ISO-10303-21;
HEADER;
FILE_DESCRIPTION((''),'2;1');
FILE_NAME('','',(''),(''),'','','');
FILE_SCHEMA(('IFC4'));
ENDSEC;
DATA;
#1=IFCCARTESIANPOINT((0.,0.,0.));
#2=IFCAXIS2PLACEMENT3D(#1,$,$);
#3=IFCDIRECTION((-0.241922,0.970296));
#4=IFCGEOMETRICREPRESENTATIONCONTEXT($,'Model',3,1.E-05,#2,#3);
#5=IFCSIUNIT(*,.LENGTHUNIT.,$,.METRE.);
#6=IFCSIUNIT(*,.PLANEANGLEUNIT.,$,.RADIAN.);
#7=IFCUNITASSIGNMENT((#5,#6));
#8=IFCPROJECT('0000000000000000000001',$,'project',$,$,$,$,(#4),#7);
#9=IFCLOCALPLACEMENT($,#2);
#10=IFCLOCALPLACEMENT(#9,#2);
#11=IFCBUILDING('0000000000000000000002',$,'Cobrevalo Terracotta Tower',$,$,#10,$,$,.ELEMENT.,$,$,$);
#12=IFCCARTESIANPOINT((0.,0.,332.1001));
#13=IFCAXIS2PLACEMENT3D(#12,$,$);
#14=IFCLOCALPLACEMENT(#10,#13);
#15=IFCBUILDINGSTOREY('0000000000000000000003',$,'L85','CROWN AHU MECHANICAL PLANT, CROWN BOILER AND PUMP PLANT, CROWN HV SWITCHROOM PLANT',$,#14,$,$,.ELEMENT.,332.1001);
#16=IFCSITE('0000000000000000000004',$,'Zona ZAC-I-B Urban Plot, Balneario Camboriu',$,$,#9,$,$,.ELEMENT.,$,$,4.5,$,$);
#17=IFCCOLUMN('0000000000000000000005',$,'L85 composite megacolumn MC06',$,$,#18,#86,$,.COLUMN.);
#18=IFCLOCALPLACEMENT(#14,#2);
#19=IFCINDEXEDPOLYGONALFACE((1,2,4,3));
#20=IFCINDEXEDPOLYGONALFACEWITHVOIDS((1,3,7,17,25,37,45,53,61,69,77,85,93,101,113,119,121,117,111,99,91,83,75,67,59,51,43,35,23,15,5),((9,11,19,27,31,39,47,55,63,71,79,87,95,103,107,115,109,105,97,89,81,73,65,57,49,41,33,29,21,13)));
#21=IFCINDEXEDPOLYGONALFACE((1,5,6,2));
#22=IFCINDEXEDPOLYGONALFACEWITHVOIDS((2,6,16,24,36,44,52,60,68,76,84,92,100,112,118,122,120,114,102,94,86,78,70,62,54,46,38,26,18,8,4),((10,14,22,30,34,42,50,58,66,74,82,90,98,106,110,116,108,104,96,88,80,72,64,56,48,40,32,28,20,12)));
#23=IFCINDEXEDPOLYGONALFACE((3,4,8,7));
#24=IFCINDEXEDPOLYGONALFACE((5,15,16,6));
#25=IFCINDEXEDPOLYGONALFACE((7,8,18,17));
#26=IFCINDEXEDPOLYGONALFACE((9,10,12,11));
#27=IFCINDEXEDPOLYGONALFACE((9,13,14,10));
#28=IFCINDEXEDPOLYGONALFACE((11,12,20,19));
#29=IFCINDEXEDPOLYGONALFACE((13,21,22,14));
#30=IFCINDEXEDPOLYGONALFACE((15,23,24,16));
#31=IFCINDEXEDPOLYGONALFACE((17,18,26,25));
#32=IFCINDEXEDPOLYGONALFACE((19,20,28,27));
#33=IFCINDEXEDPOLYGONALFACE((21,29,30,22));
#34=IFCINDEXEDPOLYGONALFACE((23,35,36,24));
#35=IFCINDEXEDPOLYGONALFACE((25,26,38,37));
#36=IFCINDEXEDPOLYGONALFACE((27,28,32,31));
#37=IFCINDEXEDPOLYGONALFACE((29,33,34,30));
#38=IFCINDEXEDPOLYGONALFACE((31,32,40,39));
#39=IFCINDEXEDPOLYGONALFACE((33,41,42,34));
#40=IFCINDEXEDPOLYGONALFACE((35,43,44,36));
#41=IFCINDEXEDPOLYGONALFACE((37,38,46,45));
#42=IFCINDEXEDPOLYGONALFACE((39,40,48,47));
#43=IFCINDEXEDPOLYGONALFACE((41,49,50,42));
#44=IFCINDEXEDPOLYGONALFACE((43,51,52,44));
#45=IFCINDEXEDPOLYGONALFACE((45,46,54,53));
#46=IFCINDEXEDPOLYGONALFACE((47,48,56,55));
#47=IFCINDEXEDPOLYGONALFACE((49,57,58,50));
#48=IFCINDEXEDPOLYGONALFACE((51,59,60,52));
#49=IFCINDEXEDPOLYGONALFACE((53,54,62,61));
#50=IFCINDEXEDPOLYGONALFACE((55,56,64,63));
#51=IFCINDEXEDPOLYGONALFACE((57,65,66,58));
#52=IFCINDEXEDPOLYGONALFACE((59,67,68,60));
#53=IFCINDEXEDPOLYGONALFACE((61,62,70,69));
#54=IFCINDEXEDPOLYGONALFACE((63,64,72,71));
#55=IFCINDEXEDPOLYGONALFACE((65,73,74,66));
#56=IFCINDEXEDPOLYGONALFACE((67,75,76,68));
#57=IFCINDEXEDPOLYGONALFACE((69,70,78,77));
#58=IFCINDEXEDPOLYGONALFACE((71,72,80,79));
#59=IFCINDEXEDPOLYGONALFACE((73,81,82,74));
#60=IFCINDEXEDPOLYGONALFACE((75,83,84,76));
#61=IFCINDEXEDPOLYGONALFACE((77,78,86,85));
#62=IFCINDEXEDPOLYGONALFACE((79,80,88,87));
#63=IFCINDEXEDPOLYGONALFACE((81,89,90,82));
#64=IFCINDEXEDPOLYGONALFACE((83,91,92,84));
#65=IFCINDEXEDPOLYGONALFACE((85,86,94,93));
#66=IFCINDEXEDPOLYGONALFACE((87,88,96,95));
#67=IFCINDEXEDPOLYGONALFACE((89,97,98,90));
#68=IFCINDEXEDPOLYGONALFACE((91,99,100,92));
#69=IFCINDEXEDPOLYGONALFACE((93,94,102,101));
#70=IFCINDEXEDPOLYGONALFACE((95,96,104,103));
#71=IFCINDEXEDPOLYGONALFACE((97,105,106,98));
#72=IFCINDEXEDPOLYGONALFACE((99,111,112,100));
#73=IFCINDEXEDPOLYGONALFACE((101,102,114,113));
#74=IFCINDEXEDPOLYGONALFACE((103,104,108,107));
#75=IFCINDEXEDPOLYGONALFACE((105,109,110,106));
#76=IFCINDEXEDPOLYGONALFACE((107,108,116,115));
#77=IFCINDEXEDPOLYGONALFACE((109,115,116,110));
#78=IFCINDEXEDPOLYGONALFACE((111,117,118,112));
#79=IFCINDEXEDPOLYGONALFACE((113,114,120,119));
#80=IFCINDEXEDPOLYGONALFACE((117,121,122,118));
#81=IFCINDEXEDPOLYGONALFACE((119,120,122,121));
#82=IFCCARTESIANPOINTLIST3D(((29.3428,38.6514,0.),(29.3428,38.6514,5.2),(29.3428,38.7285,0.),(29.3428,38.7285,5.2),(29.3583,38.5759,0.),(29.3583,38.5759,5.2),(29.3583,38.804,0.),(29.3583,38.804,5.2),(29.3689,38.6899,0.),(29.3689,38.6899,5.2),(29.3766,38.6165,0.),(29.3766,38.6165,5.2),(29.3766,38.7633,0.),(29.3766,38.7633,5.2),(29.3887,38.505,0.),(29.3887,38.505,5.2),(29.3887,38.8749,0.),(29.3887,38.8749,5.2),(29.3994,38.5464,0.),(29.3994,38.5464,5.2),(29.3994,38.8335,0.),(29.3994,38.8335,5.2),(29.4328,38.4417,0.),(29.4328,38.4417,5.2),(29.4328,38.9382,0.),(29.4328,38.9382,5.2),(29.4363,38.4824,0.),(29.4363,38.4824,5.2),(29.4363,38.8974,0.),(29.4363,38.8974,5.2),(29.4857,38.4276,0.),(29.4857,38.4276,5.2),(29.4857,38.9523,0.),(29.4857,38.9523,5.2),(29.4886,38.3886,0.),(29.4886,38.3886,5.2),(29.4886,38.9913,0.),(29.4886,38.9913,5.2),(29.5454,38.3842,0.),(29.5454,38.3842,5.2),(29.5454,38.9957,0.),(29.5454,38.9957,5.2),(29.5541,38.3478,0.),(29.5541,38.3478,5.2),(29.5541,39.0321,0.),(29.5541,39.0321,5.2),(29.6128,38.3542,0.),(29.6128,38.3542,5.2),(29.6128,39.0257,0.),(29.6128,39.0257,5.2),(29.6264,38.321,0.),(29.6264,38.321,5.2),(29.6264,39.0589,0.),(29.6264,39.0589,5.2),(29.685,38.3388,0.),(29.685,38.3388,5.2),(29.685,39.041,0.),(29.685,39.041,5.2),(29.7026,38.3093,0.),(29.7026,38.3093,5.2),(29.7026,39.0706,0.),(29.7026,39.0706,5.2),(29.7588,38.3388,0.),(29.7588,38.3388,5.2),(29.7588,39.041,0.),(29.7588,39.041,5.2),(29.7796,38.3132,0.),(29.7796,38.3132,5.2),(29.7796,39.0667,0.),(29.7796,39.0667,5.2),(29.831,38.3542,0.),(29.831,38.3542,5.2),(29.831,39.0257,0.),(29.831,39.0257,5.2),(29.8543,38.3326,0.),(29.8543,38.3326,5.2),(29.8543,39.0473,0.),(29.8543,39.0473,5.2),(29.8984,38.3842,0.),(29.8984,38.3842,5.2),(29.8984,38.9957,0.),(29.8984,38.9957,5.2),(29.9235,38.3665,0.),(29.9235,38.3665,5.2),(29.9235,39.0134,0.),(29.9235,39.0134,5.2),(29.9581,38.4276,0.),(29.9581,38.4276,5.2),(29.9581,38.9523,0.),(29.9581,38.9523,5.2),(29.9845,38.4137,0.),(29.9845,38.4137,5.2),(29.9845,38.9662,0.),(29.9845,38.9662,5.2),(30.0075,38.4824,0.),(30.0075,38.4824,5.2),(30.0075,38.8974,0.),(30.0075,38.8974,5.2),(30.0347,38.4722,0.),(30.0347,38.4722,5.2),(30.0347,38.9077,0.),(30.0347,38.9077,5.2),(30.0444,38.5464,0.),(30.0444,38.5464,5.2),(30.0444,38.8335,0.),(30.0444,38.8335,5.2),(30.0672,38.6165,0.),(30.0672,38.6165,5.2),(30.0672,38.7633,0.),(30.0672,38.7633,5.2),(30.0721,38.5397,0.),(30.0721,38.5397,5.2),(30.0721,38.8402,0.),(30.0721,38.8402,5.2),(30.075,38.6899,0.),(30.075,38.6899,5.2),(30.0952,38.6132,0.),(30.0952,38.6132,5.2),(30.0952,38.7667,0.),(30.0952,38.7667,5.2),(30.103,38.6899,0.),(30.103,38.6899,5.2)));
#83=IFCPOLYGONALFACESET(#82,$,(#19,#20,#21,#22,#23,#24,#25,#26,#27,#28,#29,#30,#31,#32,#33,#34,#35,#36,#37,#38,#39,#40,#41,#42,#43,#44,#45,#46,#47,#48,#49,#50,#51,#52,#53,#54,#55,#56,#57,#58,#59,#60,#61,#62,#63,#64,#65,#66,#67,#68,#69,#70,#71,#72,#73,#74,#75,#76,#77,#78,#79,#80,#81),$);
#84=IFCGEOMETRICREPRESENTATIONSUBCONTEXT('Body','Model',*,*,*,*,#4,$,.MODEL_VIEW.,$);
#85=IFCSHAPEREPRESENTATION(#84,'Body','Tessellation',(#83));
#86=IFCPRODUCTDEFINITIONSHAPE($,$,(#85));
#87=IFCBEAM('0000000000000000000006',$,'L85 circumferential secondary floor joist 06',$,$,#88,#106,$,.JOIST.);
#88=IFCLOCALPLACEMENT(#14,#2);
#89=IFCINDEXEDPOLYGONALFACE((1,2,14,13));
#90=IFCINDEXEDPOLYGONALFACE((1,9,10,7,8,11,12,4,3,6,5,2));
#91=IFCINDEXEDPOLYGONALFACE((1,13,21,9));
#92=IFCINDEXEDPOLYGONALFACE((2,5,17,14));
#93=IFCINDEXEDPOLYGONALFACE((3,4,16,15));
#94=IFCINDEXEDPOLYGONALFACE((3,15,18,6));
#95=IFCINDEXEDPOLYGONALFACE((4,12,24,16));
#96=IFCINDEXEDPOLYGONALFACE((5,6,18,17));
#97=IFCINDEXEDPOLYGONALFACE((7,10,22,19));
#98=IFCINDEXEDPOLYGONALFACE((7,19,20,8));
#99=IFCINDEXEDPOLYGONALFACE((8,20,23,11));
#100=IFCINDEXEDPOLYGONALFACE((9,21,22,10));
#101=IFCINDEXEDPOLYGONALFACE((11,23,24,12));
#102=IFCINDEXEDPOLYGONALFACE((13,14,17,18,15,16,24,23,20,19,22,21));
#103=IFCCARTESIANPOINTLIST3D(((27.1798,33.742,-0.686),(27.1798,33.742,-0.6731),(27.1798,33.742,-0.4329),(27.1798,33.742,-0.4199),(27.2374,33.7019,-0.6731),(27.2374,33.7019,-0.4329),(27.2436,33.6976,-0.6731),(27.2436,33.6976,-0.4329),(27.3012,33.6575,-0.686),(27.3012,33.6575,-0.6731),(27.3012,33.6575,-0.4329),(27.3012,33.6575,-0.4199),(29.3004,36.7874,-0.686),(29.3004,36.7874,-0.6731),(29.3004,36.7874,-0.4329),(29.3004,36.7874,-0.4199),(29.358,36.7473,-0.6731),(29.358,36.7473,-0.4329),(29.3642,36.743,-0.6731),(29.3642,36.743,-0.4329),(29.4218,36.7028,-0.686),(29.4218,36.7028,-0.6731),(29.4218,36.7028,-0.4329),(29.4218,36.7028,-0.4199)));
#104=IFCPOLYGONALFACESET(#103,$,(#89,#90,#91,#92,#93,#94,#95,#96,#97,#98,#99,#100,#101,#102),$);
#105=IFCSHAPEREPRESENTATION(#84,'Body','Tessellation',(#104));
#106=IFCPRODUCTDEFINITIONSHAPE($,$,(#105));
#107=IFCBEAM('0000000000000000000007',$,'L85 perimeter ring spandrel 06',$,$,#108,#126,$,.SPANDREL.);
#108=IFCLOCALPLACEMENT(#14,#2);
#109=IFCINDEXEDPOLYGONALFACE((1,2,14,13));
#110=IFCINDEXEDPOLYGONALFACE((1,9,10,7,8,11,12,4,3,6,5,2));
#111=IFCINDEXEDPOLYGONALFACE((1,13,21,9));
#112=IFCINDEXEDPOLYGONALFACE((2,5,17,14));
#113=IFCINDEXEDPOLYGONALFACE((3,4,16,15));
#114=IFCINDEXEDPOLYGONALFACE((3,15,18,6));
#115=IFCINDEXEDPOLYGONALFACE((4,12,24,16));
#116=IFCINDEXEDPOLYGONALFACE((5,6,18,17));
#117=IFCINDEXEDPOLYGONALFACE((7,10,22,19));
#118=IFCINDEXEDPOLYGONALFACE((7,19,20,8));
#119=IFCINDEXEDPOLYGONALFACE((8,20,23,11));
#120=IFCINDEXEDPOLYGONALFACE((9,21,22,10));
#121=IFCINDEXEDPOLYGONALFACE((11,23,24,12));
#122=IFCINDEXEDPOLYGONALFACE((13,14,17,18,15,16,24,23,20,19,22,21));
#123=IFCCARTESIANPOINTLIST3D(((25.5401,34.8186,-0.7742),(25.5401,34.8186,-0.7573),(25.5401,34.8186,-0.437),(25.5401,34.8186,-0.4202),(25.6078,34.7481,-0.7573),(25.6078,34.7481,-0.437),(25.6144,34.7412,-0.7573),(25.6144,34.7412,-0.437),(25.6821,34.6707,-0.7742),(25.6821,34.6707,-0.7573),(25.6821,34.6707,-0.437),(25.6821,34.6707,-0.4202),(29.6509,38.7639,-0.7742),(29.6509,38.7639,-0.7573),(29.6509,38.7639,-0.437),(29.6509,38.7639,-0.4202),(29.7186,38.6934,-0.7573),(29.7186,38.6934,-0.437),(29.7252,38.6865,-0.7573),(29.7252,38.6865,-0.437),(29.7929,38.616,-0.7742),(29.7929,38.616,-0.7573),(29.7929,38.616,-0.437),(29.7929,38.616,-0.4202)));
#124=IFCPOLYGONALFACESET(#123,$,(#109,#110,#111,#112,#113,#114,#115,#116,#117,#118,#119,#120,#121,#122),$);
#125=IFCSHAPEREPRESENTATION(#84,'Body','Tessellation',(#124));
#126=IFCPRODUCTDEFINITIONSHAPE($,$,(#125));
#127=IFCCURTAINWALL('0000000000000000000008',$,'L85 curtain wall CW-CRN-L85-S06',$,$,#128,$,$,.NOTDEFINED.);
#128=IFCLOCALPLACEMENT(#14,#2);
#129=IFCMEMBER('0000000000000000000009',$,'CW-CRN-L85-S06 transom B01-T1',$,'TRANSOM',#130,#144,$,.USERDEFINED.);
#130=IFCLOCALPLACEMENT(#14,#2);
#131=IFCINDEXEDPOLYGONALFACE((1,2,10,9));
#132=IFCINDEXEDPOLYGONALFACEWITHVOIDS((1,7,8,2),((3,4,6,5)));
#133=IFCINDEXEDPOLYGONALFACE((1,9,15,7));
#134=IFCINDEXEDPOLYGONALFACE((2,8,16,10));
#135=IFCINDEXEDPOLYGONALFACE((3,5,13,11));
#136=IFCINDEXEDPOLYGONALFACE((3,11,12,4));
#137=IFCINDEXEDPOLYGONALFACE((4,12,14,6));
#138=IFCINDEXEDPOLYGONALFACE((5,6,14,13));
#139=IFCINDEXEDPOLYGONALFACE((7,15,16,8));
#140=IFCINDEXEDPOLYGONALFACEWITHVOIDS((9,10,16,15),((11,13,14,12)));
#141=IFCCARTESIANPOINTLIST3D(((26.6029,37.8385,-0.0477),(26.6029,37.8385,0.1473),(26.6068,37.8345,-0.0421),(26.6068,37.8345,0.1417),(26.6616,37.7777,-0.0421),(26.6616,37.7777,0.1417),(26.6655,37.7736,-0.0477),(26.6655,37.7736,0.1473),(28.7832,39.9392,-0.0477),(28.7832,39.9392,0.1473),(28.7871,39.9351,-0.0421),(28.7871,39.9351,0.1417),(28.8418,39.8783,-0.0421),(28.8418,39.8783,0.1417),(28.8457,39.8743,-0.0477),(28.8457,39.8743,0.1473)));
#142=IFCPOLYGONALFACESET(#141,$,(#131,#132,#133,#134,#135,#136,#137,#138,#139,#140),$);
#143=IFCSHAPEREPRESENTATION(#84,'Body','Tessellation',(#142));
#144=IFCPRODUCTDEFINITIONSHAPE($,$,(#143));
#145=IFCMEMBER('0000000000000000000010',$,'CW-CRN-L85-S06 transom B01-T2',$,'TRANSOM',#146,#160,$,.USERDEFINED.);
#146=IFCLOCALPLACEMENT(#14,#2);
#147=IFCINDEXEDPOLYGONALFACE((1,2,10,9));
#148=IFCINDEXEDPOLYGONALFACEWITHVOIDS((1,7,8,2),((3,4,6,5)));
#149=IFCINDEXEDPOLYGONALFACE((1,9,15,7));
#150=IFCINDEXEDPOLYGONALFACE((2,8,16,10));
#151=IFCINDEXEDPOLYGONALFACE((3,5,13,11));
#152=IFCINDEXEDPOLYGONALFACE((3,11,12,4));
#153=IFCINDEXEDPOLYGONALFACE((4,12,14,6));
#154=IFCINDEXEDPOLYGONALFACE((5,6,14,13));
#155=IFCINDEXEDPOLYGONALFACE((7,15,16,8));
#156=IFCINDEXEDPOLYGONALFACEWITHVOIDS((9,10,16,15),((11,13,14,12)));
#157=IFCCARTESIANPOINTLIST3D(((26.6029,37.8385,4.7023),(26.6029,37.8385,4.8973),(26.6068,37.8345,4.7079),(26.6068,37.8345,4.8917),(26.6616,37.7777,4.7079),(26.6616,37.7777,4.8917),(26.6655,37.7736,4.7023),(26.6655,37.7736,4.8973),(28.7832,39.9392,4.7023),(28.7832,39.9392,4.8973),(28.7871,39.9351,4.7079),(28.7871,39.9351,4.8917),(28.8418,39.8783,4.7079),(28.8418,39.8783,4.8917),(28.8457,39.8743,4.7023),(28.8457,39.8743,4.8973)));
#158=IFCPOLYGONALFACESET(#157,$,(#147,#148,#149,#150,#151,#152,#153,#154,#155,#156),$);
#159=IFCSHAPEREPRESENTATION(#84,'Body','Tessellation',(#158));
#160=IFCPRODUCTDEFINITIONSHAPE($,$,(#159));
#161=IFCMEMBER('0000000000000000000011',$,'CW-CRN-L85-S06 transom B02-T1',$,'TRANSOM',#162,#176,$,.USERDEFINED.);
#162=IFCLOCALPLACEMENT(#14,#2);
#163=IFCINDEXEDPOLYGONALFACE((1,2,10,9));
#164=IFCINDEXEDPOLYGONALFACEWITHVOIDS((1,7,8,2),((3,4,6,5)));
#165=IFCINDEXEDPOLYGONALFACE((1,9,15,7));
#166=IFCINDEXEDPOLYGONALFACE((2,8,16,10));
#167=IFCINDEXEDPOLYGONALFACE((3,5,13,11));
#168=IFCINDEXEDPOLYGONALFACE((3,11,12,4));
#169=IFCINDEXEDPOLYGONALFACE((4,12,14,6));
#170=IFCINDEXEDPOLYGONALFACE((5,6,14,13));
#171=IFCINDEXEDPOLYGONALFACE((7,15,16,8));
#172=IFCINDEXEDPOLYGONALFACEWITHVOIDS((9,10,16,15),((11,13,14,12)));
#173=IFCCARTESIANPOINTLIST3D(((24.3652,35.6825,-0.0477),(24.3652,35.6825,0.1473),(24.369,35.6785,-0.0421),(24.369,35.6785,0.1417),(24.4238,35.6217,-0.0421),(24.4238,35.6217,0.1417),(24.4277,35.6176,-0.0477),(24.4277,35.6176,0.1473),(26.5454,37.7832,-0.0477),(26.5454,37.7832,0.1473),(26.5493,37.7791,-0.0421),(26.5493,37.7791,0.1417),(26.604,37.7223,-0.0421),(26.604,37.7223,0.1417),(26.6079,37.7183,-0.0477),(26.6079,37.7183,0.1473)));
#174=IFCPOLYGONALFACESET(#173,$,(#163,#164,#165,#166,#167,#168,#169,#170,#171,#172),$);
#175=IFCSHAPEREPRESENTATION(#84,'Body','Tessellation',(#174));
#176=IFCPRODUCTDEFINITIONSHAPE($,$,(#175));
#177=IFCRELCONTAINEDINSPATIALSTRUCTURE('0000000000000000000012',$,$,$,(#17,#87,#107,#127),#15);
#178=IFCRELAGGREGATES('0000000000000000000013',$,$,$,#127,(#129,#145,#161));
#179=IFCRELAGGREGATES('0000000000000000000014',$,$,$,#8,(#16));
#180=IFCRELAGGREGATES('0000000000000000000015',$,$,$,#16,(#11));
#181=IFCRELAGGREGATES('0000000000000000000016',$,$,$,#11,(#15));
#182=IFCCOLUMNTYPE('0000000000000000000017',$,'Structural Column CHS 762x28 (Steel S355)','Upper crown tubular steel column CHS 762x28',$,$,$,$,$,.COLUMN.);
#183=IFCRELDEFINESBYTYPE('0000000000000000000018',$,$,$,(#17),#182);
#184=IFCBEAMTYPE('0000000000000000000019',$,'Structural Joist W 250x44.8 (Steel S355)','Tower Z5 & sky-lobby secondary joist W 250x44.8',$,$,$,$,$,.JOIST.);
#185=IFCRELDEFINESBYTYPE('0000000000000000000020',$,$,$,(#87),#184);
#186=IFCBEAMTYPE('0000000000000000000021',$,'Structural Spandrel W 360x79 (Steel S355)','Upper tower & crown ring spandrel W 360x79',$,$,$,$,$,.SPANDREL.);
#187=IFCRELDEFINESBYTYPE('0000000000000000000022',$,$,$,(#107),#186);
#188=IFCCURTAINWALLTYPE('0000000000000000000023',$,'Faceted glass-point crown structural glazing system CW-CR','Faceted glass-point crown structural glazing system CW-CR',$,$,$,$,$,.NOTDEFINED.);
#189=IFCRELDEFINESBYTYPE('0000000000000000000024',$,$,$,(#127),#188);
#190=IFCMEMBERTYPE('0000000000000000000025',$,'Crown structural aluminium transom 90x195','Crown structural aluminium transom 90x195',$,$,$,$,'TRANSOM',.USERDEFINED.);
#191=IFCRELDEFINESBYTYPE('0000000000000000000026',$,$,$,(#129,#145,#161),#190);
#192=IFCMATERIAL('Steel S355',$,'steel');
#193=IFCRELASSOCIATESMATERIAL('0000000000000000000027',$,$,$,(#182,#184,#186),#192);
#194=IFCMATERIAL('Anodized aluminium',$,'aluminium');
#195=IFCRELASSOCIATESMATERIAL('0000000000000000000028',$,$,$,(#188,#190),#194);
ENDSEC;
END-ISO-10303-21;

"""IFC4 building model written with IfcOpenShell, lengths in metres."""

from ifc_helpers import new_model, si_unit, direction, frame, origin, origin_2d, place, context, subcontext, project, spatial, hollow_rectangle, hollow_circle, i_section, extrude, source, transform, mapped, material, material_profile, profile_set, type_object, element, aggregate, save


model = new_model("IFC4")

# Units and contexts
model_context = context("Model", 3, precision=1e-05, world=origin(), true_north=direction((-0.241922, 0.970296)))
body_context = subcontext(model_context, "Body", "Model", "MODEL_VIEW")
ifc_project = project(units=[si_unit("LENGTHUNIT", "METRE"), si_unit("PLANEANGLEUNIT", "RADIAN")], contexts=[model_context])

# Site, building, storey
site_placement = place(None, origin())
site = spatial("IfcSite", under=ifc_project, at=site_placement, Name="Zona ZAC-I-B Urban Plot, Balneario Camboriu", CompositionType="ELEMENT", RefElevation=4.5)
building_placement = place(site_placement, origin())
building = spatial("IfcBuilding", under=site, at=building_placement, Name="Cobrevalo Terracotta Tower", CompositionType="ELEMENT")
storey_placement = place(building_placement, frame((0.0, 0.0, 332.1001)))
storey = spatial("IfcBuildingStorey", under=building, at=storey_placement, Name="L85", Description="CROWN AHU MECHANICAL PLANT, CROWN BOILER AND PUMP PLANT, CROWN HV SWITCHROOM PLANT", CompositionType="ELEMENT", Elevation=332.1001)

# Column
ifc_material_1 = material(Name="Steel S355", Category="steel")
ifc_material_profile_1 = material_profile(ifc_material_1, hollow_circle(Radius=0.3811, WallThickness=0.0281, at=origin_2d()), Name="CHS 762x28")
ifc_profile_set_1 = profile_set([ifc_material_profile_1], Name="Steel S355")
column_type = type_object("IfcColumnType", Name="Structural Column CHS 762x28 (Steel S355)", Description="Upper crown tubular steel column CHS 762x28", PredefinedType="COLUMN", material=ifc_profile_set_1)
column_placement = place(storey_placement, frame((29.7219, 38.6899, 0.0), z_axis=(0.0, 0.0, 1.0), x_axis=(1.0, 0.0, 0.0)))
element("IfcColumn", 1, at=column_placement, inside=storey, type_object=column_type, Name="L85 composite megacolumn MC06", PredefinedType="COLUMN", context=body_context, shape_type="SweptSolid", body=[
    extrude(hollow_circle(Radius=0.3811, WallThickness=0.0281, at=origin_2d()), origin(), (0.0, 0.0, 1.0), 5.2),
])

# Beams
ifc_material_profile_2 = material_profile(ifc_material_1, i_section(OverallWidth=0.1479, OverallDepth=0.2661, WebThickness=0.0076, FlangeThickness=0.0129, at=origin_2d()), Name="W 250x44.8")
ifc_profile_set_2 = profile_set([ifc_material_profile_2], Name="Steel S355")
beam_type_1 = type_object("IfcBeamType", Name="Structural Joist W 250x44.8 (Steel S355)", Description="Tower Z5 & sky-lobby secondary joist W 250x44.8", PredefinedType="JOIST", material=ifc_profile_set_2)
beam_1_placement = place(storey_placement, frame((29.3611, 36.7451, -0.553), z_axis=(-0.571438, -0.820645, 0.0), x_axis=(0.820645, -0.571438, 0.0)))
element("IfcBeam", 2, at=beam_1_placement, inside=storey, type_object=beam_type_1, Name="L85 circumferential secondary floor joist 06", PredefinedType="JOIST", context=body_context, shape_type="SweptSolid", body=[
    extrude(i_section(OverallWidth=0.1479, OverallDepth=0.2661, WebThickness=0.0076, FlangeThickness=0.0129, at=origin_2d()), origin(), (0.0, 0.0, 1.0), 3.7109),
])
ifc_material_profile_3 = material_profile(ifc_material_1, i_section(OverallWidth=0.2051, OverallDepth=0.354, WebThickness=0.0095, FlangeThickness=0.0168, at=origin_2d()), Name="W 360x79")
ifc_profile_set_3 = profile_set([ifc_material_profile_3], Name="Steel S355")
beam_type_2 = type_object("IfcBeamType", Name="Structural Spandrel W 360x79 (Steel S355)", Description="Upper tower & crown ring spandrel W 360x79", PredefinedType="SPANDREL", material=ifc_profile_set_3)
beam_2_placement = place(storey_placement, frame((29.7219, 38.6899, -0.5972), z_axis=(-0.721483, -0.692432, 0.0), x_axis=(0.692432, -0.721483, 0.0)))
element("IfcBeam", 3, at=beam_2_placement, inside=storey, type_object=beam_type_2, Name="L85 perimeter ring spandrel 06", PredefinedType="SPANDREL", context=body_context, shape_type="SweptSolid", body=[
    extrude(i_section(OverallWidth=0.2051, OverallDepth=0.354, WebThickness=0.0095, FlangeThickness=0.0168, at=origin_2d()), origin(), (0.0, 0.0, 1.0), 5.6978),
])

# Curtain wall, members
ifc_material_2 = material(Name="Anodized aluminium", Category="aluminium")
curtain_wall_type = type_object("IfcCurtainWallType", Name="Faceted glass-point crown structural glazing system CW-CR", Description="Faceted glass-point crown structural glazing system CW-CR", PredefinedType="NOTDEFINED", material=ifc_material_2)
curtain_wall_1_placement = place(storey_placement, origin())
curtain_wall_1 = element("IfcCurtainWall", 4, at=curtain_wall_1_placement, inside=storey, type_object=curtain_wall_type, Name="L85 curtain wall CW-CRN-L85-S06", PredefinedType="NOTDEFINED")
ifc_material_profile_4 = material_profile(ifc_material_2, hollow_rectangle(XDim=0.0901, YDim=0.1951, WallThickness=0.0056, at=origin_2d()), Name="CWT 90x195")
ifc_profile_set_4 = profile_set([ifc_material_profile_4], Name="Anodized aluminium")
member_type_1 = type_object("IfcMemberType", Name="Crown structural aluminium transom 90x195", Description="Crown structural aluminium transom 90x195", ElementType="TRANSOM", PredefinedType="USERDEFINED", material=ifc_profile_set_4)
shared_shape_1 = source(origin(), body_context, "Body", "SweptSolid", [
    extrude(hollow_rectangle(XDim=0.0901, YDim=0.1951, WallThickness=0.0056, at=origin_2d()), origin(), (0.0, 0.0, 1.0), 3.0276),
])
member_1_placement = place(storey_placement, frame((28.8145, 39.9067, 0.0498), z_axis=(-0.720129, -0.69384, 0.0), x_axis=(0.69384, -0.720129, 0.0)))
member_1 = element("IfcMember", 5, at=member_1_placement, type_object=member_type_1, Name="CW-CRN-L85-S06 transom B01-T1", ObjectType="TRANSOM", PredefinedType="USERDEFINED", context=body_context, shape_type="MappedRepresentation", body=[
    mapped(shared_shape_1, transform((0.0, 0.0, 0.0), scale=1.0)),
])
member_2_placement = place(storey_placement, frame((28.8145, 39.9067, 4.7998), z_axis=(-0.720129, -0.69384, 0.0), x_axis=(0.69384, -0.720129, 0.0)))
member_2 = element("IfcMember", 6, at=member_2_placement, type_object=member_type_1, Name="CW-CRN-L85-S06 transom B01-T2", ObjectType="TRANSOM", PredefinedType="USERDEFINED", context=body_context, shape_type="MappedRepresentation", body=[
    mapped(shared_shape_1, transform((0.0, 0.0, 0.0), scale=1.0)),
])
member_3_placement = place(storey_placement, frame((26.5767, 37.7507, 0.0498), z_axis=(-0.720129, -0.69384, 0.0), x_axis=(0.69384, -0.720129, 0.0)))
member_3 = element("IfcMember", 7, at=member_3_placement, type_object=member_type_1, Name="CW-CRN-L85-S06 transom B02-T1", ObjectType="TRANSOM", PredefinedType="USERDEFINED", context=body_context, shape_type="MappedRepresentation", body=[
    mapped(shared_shape_1, transform((0.0, 0.0, 0.0), scale=1.0)),
])

aggregate(curtain_wall_1, [member_1, member_2, member_3])

save(model, "model.ifc")
